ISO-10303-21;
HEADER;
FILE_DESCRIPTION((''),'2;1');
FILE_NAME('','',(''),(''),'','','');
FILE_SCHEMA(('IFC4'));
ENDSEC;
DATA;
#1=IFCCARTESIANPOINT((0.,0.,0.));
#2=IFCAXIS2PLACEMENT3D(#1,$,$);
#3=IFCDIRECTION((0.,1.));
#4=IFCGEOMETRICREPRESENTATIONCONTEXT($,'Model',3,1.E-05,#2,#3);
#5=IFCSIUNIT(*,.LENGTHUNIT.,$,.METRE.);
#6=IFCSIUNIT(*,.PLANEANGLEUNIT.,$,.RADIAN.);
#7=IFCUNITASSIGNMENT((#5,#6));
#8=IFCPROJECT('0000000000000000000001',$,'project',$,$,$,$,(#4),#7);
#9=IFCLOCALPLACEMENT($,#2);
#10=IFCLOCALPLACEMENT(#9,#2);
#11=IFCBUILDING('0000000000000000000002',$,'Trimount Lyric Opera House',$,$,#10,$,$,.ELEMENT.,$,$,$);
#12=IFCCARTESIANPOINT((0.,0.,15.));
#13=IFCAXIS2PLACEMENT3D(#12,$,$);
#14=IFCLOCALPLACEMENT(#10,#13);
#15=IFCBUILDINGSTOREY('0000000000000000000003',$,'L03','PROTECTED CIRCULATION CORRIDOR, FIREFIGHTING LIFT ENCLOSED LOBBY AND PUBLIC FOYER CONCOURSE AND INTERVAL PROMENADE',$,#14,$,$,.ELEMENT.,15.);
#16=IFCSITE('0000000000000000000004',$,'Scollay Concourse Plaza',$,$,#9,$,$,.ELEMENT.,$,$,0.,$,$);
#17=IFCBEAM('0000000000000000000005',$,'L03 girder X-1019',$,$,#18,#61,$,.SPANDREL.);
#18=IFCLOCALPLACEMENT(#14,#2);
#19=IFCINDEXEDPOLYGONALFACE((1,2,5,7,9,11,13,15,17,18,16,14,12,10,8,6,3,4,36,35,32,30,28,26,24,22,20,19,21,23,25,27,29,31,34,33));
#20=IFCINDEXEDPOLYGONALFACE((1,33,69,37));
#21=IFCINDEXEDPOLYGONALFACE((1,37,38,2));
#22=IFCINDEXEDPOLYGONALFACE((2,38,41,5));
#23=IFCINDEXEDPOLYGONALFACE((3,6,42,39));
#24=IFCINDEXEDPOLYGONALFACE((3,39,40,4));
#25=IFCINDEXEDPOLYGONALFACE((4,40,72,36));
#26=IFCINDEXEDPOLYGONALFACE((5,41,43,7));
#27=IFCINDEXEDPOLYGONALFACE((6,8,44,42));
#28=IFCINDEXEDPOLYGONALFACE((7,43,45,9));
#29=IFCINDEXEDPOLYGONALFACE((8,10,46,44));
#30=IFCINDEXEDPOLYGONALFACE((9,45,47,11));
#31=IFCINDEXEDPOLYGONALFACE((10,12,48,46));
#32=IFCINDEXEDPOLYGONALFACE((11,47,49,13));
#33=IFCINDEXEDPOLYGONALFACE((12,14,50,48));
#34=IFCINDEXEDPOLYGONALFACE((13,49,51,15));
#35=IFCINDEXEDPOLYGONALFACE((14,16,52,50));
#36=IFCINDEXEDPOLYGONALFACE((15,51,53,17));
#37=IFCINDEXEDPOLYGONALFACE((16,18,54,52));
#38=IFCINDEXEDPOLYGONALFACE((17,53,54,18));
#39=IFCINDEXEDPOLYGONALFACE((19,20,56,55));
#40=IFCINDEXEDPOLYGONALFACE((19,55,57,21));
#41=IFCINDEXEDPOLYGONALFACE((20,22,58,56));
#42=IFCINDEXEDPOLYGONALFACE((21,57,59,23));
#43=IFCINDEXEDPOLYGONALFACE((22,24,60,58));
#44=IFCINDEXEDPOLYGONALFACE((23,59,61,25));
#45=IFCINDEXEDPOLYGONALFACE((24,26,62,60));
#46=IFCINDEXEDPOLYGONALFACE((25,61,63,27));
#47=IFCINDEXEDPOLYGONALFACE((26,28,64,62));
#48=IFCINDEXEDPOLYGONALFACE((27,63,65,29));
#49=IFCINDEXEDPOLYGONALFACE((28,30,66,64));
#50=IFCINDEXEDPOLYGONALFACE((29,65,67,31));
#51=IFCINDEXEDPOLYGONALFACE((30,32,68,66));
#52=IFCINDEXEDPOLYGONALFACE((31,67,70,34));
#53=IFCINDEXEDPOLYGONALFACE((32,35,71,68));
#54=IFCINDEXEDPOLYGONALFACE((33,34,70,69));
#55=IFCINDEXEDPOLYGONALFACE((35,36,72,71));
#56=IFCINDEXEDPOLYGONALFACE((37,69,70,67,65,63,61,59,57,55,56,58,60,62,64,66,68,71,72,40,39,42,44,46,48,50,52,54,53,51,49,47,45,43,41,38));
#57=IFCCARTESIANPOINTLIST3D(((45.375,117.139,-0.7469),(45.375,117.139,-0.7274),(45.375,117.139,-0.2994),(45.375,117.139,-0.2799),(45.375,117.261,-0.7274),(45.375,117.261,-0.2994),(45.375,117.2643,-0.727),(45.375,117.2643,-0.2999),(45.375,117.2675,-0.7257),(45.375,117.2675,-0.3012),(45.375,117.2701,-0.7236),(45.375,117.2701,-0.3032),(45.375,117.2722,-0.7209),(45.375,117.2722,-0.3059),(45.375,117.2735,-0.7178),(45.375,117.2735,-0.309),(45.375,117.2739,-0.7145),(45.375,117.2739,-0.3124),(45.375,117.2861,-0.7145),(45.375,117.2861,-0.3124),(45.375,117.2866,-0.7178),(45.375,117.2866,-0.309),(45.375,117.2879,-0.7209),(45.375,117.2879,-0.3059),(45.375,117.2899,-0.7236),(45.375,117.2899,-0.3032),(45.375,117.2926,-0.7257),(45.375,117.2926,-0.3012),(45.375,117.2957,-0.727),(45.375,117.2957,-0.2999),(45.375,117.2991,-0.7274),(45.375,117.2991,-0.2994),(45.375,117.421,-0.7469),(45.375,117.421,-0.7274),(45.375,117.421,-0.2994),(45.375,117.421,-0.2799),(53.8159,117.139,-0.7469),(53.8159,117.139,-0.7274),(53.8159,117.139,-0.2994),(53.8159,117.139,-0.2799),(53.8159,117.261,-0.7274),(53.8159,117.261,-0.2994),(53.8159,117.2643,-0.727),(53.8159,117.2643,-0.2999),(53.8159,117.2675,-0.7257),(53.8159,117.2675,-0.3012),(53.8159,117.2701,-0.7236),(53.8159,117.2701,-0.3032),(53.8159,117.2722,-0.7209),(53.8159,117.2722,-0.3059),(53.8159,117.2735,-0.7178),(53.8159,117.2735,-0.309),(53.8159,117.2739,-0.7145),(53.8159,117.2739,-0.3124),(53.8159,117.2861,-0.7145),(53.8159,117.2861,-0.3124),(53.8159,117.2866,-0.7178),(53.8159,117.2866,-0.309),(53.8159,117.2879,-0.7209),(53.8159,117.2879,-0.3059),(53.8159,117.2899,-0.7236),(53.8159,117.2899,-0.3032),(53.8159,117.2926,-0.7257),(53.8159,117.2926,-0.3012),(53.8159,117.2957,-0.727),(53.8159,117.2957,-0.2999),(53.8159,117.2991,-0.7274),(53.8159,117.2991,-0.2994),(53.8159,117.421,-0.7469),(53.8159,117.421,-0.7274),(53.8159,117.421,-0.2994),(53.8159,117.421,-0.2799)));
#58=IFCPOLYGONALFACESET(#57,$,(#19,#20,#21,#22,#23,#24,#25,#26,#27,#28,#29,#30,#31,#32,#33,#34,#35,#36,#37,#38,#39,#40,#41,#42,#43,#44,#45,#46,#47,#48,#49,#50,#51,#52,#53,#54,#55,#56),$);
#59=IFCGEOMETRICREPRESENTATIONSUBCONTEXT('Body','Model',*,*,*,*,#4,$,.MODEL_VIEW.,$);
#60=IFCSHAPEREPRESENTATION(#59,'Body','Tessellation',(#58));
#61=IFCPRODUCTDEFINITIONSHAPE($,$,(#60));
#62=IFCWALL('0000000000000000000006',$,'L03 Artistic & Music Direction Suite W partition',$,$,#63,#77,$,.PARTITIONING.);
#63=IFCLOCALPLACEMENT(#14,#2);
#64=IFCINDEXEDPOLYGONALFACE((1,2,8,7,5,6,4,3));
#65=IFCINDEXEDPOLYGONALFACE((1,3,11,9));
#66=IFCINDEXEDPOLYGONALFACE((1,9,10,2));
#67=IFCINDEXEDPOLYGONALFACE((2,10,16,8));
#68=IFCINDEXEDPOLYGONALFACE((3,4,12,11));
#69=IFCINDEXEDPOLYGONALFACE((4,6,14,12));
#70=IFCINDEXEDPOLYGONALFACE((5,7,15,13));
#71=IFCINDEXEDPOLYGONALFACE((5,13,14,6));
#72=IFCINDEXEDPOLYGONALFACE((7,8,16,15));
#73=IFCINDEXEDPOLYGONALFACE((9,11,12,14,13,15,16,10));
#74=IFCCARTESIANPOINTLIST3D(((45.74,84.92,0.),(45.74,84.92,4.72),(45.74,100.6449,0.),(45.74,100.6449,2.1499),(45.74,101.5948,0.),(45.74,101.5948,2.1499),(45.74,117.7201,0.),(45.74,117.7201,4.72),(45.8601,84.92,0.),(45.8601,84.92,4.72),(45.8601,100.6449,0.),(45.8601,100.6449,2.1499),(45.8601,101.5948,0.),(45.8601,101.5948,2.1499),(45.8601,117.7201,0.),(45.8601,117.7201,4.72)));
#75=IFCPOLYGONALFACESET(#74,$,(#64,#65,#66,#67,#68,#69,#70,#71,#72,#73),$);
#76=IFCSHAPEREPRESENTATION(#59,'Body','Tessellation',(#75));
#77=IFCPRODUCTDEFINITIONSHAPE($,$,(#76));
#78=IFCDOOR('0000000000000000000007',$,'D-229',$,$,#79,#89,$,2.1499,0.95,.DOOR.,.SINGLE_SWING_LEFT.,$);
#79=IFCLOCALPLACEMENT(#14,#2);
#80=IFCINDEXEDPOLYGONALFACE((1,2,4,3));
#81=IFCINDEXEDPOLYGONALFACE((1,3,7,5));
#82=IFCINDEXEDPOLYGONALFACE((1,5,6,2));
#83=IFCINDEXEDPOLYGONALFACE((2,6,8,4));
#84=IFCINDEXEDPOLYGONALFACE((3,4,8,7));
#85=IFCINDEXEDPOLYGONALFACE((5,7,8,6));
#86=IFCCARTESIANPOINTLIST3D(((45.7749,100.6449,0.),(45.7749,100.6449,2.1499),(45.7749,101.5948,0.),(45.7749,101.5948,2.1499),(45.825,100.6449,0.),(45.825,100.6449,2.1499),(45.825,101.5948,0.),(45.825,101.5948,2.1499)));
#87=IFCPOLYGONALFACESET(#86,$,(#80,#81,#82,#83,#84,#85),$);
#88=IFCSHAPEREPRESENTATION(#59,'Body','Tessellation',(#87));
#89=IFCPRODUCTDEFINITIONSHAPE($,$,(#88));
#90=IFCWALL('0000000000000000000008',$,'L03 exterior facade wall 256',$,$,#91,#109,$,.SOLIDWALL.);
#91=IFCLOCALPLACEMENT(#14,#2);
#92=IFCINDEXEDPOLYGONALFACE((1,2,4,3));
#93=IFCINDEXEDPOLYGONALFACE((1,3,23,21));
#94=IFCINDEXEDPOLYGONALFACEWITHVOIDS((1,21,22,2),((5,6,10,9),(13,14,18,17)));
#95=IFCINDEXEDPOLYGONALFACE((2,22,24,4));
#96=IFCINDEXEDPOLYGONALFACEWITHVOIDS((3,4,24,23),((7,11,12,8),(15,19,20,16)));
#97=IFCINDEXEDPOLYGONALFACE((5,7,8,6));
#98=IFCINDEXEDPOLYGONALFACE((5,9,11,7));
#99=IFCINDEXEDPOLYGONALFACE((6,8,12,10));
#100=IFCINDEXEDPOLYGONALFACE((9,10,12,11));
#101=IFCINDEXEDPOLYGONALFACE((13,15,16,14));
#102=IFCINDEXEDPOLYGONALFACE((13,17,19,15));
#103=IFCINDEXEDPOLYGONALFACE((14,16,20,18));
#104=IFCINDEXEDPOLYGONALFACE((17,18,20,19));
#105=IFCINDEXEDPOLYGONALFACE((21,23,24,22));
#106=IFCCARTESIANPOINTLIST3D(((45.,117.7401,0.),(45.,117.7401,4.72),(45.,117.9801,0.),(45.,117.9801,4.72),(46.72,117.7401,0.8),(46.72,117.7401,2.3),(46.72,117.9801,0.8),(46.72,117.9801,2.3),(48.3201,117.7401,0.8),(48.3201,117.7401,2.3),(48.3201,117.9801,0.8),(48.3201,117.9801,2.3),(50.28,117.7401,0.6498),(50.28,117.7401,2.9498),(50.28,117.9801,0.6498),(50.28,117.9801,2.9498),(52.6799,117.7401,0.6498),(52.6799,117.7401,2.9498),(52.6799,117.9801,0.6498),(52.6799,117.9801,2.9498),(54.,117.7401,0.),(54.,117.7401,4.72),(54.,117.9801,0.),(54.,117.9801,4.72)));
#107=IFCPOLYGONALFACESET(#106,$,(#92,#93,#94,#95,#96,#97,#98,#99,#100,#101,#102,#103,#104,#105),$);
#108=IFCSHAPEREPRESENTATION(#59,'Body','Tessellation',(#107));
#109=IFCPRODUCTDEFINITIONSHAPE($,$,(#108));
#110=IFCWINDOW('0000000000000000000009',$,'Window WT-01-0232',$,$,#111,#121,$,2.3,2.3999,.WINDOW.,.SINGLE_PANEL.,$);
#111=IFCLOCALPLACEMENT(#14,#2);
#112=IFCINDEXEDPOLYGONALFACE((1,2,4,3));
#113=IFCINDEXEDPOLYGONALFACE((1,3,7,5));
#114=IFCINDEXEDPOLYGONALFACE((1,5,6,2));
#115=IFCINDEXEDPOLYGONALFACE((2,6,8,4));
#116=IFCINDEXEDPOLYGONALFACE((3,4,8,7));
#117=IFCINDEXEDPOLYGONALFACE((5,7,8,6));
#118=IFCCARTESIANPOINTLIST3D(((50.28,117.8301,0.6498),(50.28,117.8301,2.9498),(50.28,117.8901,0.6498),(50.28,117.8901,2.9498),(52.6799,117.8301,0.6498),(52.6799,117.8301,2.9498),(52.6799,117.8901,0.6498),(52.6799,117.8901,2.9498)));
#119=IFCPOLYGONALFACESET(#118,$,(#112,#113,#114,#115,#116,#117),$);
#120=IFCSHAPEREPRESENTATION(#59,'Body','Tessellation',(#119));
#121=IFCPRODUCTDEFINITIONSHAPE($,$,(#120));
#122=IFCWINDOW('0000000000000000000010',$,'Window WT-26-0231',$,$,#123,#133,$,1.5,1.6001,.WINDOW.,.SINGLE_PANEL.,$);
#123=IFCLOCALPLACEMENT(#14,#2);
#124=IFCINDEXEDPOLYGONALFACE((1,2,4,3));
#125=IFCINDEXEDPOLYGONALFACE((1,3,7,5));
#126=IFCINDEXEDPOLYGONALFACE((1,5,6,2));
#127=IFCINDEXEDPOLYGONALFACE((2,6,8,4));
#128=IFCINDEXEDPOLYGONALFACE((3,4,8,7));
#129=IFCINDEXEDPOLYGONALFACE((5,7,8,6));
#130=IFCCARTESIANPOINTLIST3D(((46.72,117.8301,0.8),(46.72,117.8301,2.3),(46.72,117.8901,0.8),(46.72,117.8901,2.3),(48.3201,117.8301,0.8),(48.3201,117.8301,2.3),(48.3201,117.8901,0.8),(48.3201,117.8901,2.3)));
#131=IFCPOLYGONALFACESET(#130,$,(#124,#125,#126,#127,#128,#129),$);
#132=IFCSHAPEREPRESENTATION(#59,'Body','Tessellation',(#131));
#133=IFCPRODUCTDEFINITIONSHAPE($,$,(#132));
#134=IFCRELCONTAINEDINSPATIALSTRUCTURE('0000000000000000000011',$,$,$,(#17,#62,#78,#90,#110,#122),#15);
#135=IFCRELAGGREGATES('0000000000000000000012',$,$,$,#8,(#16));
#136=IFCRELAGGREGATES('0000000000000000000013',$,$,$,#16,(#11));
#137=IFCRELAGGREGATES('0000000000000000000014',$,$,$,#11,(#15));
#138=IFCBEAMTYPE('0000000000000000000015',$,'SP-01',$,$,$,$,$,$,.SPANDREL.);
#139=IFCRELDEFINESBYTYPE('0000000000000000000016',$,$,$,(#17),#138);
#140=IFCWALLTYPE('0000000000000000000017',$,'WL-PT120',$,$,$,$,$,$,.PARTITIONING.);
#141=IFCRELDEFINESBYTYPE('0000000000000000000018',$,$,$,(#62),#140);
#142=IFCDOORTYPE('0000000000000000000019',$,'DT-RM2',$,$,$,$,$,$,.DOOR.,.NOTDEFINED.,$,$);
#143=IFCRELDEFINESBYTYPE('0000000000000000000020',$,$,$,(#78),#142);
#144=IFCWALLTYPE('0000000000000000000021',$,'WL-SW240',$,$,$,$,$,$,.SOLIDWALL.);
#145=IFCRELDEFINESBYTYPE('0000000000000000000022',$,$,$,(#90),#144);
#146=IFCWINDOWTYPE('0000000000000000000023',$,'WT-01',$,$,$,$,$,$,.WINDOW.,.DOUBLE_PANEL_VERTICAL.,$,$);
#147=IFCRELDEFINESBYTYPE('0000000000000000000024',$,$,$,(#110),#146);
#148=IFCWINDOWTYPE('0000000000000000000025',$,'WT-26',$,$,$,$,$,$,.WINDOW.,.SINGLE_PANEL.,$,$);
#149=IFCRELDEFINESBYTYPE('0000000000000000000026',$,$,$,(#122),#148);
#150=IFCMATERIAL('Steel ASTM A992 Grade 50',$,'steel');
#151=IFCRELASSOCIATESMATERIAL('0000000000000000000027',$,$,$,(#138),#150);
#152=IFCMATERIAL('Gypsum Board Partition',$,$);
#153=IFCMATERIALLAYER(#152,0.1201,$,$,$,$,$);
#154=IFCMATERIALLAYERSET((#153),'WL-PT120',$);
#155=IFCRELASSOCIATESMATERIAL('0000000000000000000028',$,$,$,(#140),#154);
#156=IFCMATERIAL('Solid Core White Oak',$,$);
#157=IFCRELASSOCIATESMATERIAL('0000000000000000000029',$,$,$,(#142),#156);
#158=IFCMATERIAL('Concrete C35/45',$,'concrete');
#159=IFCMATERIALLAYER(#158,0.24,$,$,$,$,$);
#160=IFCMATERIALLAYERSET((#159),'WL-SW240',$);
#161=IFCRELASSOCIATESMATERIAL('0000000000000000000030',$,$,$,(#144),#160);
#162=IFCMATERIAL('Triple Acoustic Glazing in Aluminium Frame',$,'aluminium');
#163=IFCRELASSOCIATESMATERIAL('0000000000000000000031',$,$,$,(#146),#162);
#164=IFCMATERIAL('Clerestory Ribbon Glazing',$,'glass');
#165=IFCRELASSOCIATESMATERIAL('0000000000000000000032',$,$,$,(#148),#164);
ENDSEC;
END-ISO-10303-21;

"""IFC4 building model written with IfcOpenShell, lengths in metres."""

from ifc_helpers import new_model, si_unit, direction, frame, frame_2d, origin, origin_2d, place, context, subcontext, project, spatial, rectangle, i_section, extrude, material, layer, layer_set, material_profile, profile_set, type_object, element, fill, save


model = new_model("IFC4")

# Units and contexts
model_context = context("Model", 3, precision=1e-05, world=origin(), true_north=direction((0.0, 1.0)))
body_context = subcontext(model_context, "Body", "Model", "MODEL_VIEW")
ifc_project = project(units=[si_unit("LENGTHUNIT", "METRE"), si_unit("PLANEANGLEUNIT", "RADIAN")], contexts=[model_context])

# Site, building, storey
site_placement = place(None, origin())
site = spatial("IfcSite", under=ifc_project, at=site_placement, Name="Scollay Concourse Plaza", CompositionType="ELEMENT", RefElevation=0.0)
building_placement = place(site_placement, origin())
building = spatial("IfcBuilding", under=site, at=building_placement, Name="Trimount Lyric Opera House", CompositionType="ELEMENT")
storey_placement = place(building_placement, frame((0.0, 0.0, 15.0)))
storey = spatial("IfcBuildingStorey", under=building, at=storey_placement, Name="L03", Description="PROTECTED CIRCULATION CORRIDOR, FIREFIGHTING LIFT ENCLOSED LOBBY AND PUBLIC FOYER CONCOURSE AND INTERVAL PROMENADE", CompositionType="ELEMENT", Elevation=15.0)

# Beam
ifc_material_1 = material(Name="Steel ASTM A992 Grade 50", Category="steel")
ifc_material_profile_1 = material_profile(ifc_material_1, i_section(OverallWidth=0.282, OverallDepth=0.467, WebThickness=0.0122, FlangeThickness=0.0195, FilletRadius=0.0129, at=origin_2d()), Name="W18X86")
ifc_profile_set_1 = profile_set([ifc_material_profile_1], Name="Steel ASTM A992 Grade 50")
beam_type_1 = type_object("IfcBeamType", Name="SP-01", PredefinedType="SPANDREL", material=ifc_profile_set_1)
beam_1_placement = place(storey_placement, frame((45.375, 117.28, -0.5134), z_axis=(1.0, 0.0, 0.0), x_axis=(0.0, 1.0, 0.0)))
element("IfcBeam", 1, at=beam_1_placement, inside=storey, type_object=beam_type_1, Name="L03 girder X-1019", PredefinedType="SPANDREL", context=body_context, shape_type="SweptSolid", body=[
    extrude(i_section(OverallWidth=0.282, OverallDepth=0.467, WebThickness=0.0122, FlangeThickness=0.0195, FilletRadius=0.0129, at=origin_2d()), origin(), (0.0, 0.0, 1.0), 8.4409),
])

# Wall, opening, door
ifc_material_2 = material(Name="Gypsum Board Partition")
ifc_layer_1 = layer(ifc_material_2, 0.1201)
ifc_layer_set_1 = layer_set([ifc_layer_1], Name="WL-PT120")
wall_type_1 = type_object("IfcWallType", Name="WL-PT120", PredefinedType="PARTITIONING", material=ifc_layer_set_1)
wall_1_placement = place(storey_placement, frame((45.8, 117.72, 0.0), z_axis=(0.0, 0.0, 1.0), x_axis=(0.0, -1.0, 0.0)))
wall_1 = element("IfcWall", 2, at=wall_1_placement, inside=storey, type_object=wall_type_1, Name="L03 Artistic & Music Direction Suite W partition", PredefinedType="PARTITIONING", context=body_context, shape_type="SweptSolid", body=[
    extrude(rectangle(XDim=32.8, YDim=0.1201, at=frame_2d((16.3999, 0.0))), origin(), (0.0, 0.0, 1.0), 4.72),
])
opening_1_placement = place(wall_1_placement, frame((16.125, 0.0, 0.0)))
opening_1 = element("IfcOpeningElement", 3, at=opening_1_placement, cuts=wall_1, PredefinedType="OPENING", context=body_context, shape_type="SweptSolid", body=[
    extrude(rectangle(XDim=0.95, YDim=2.1499, at=frame_2d((0.4751, 1.075))), frame((0.0, 0.0701, 0.0), z_axis=(0.0, -1.0, 0.0), x_axis=(1.0, 0.0, 0.0)), (0.0, 0.0, 1.0), 0.1401),
])
ifc_material_3 = material(Name="Solid Core White Oak")
door_type = type_object("IfcDoorType", Name="DT-RM2", OperationType="NOTDEFINED", PredefinedType="DOOR", material=ifc_material_3)
door_placement = place(opening_1_placement, origin())
door = element("IfcDoor", 4, at=door_placement, inside=storey, type_object=door_type, Name="D-229", OperationType="SINGLE_SWING_LEFT", OverallHeight=2.1499, OverallWidth=0.95, PredefinedType="DOOR", context=body_context, shape_type="SweptSolid", body=[
    extrude(rectangle(XDim=0.95, YDim=2.1499, at=frame_2d((0.4751, 1.075))), frame((0.0, 0.0249, 0.0), z_axis=(0.0, -1.0, 0.0), x_axis=(1.0, 0.0, 0.0)), (0.0, 0.0, 1.0), 0.05),
])
fill(opening_1, door)

# Wall, openings, windows
ifc_material_4 = material(Name="Concrete C35/45", Category="concrete")
ifc_layer_2 = layer(ifc_material_4, 0.24)
ifc_layer_set_2 = layer_set([ifc_layer_2], Name="WL-SW240")
wall_type_2 = type_object("IfcWallType", Name="WL-SW240", PredefinedType="SOLIDWALL", material=ifc_layer_set_2)
wall_2_placement = place(storey_placement, frame((45.0, 117.8601, 0.0), z_axis=(0.0, 0.0, 1.0), x_axis=(1.0, 0.0, 0.0)))
wall_2 = element("IfcWall", 5, at=wall_2_placement, inside=storey, type_object=wall_type_2, Name="L03 exterior facade wall 256", PredefinedType="SOLIDWALL", context=body_context, shape_type="SweptSolid", body=[
    extrude(rectangle(XDim=9.0, YDim=0.24, at=frame_2d((4.5, 0.0))), origin(), (0.0, 0.0, 1.0), 4.72),
])
opening_2_placement = place(wall_2_placement, frame((1.72, 0.0, 0.8)))
opening_2 = element("IfcOpeningElement", 6, at=opening_2_placement, cuts=wall_2, PredefinedType="OPENING", context=body_context, shape_type="SweptSolid", body=[
    extrude(rectangle(XDim=1.6001, YDim=1.5, at=frame_2d((0.8, 0.75))), frame((0.0, 0.1299, 0.0), z_axis=(0.0, -1.0, 0.0), x_axis=(1.0, 0.0, 0.0)), (0.0, 0.0, 1.0), 0.26),
])
opening_3_placement = place(wall_2_placement, frame((5.28, 0.0, 0.6499)))
opening_3 = element("IfcOpeningElement", 7, at=opening_3_placement, cuts=wall_2, PredefinedType="OPENING", context=body_context, shape_type="SweptSolid", body=[
    extrude(rectangle(XDim=2.3999, YDim=2.3, at=frame_2d((1.2, 1.1499))), frame((0.0, 0.1299, 0.0), z_axis=(0.0, -1.0, 0.0), x_axis=(1.0, 0.0, 0.0)), (0.0, 0.0, 1.0), 0.26),
])
ifc_material_5 = material(Name="Triple Acoustic Glazing in Aluminium Frame", Category="aluminium")
window_type_1 = type_object("IfcWindowType", Name="WT-01", PartitioningType="DOUBLE_PANEL_VERTICAL", PredefinedType="WINDOW", material=ifc_material_5)
window_1_placement = place(opening_3_placement, origin())
window_1 = element("IfcWindow", 8, at=window_1_placement, inside=storey, type_object=window_type_1, Name="Window WT-01-0232", OverallHeight=2.3, OverallWidth=2.3999, PartitioningType="SINGLE_PANEL", PredefinedType="WINDOW", context=body_context, shape_type="SweptSolid", body=[
    extrude(rectangle(XDim=2.3999, YDim=2.3, at=frame_2d((1.2, 1.1499))), frame((0.0, 0.03, 0.0), z_axis=(0.0, -1.0, 0.0), x_axis=(1.0, 0.0, 0.0)), (0.0, 0.0, 1.0), 0.0601),
])
fill(opening_3, window_1)
ifc_material_6 = material(Name="Clerestory Ribbon Glazing", Category="glass")
window_type_2 = type_object("IfcWindowType", Name="WT-26", PartitioningType="SINGLE_PANEL", PredefinedType="WINDOW", material=ifc_material_6)
window_2_placement = place(opening_2_placement, origin())
window_2 = element("IfcWindow", 9, at=window_2_placement, inside=storey, type_object=window_type_2, Name="Window WT-26-0231", OverallHeight=1.5, OverallWidth=1.6001, PartitioningType="SINGLE_PANEL", PredefinedType="WINDOW", context=body_context, shape_type="SweptSolid", body=[
    extrude(rectangle(XDim=1.6001, YDim=1.5, at=frame_2d((0.8, 0.75))), frame((0.0, 0.03, 0.0), z_axis=(0.0, -1.0, 0.0), x_axis=(1.0, 0.0, 0.0)), (0.0, 0.0, 1.0), 0.0601),
])
fill(opening_2, window_2)

save(model, "model.ifc")
